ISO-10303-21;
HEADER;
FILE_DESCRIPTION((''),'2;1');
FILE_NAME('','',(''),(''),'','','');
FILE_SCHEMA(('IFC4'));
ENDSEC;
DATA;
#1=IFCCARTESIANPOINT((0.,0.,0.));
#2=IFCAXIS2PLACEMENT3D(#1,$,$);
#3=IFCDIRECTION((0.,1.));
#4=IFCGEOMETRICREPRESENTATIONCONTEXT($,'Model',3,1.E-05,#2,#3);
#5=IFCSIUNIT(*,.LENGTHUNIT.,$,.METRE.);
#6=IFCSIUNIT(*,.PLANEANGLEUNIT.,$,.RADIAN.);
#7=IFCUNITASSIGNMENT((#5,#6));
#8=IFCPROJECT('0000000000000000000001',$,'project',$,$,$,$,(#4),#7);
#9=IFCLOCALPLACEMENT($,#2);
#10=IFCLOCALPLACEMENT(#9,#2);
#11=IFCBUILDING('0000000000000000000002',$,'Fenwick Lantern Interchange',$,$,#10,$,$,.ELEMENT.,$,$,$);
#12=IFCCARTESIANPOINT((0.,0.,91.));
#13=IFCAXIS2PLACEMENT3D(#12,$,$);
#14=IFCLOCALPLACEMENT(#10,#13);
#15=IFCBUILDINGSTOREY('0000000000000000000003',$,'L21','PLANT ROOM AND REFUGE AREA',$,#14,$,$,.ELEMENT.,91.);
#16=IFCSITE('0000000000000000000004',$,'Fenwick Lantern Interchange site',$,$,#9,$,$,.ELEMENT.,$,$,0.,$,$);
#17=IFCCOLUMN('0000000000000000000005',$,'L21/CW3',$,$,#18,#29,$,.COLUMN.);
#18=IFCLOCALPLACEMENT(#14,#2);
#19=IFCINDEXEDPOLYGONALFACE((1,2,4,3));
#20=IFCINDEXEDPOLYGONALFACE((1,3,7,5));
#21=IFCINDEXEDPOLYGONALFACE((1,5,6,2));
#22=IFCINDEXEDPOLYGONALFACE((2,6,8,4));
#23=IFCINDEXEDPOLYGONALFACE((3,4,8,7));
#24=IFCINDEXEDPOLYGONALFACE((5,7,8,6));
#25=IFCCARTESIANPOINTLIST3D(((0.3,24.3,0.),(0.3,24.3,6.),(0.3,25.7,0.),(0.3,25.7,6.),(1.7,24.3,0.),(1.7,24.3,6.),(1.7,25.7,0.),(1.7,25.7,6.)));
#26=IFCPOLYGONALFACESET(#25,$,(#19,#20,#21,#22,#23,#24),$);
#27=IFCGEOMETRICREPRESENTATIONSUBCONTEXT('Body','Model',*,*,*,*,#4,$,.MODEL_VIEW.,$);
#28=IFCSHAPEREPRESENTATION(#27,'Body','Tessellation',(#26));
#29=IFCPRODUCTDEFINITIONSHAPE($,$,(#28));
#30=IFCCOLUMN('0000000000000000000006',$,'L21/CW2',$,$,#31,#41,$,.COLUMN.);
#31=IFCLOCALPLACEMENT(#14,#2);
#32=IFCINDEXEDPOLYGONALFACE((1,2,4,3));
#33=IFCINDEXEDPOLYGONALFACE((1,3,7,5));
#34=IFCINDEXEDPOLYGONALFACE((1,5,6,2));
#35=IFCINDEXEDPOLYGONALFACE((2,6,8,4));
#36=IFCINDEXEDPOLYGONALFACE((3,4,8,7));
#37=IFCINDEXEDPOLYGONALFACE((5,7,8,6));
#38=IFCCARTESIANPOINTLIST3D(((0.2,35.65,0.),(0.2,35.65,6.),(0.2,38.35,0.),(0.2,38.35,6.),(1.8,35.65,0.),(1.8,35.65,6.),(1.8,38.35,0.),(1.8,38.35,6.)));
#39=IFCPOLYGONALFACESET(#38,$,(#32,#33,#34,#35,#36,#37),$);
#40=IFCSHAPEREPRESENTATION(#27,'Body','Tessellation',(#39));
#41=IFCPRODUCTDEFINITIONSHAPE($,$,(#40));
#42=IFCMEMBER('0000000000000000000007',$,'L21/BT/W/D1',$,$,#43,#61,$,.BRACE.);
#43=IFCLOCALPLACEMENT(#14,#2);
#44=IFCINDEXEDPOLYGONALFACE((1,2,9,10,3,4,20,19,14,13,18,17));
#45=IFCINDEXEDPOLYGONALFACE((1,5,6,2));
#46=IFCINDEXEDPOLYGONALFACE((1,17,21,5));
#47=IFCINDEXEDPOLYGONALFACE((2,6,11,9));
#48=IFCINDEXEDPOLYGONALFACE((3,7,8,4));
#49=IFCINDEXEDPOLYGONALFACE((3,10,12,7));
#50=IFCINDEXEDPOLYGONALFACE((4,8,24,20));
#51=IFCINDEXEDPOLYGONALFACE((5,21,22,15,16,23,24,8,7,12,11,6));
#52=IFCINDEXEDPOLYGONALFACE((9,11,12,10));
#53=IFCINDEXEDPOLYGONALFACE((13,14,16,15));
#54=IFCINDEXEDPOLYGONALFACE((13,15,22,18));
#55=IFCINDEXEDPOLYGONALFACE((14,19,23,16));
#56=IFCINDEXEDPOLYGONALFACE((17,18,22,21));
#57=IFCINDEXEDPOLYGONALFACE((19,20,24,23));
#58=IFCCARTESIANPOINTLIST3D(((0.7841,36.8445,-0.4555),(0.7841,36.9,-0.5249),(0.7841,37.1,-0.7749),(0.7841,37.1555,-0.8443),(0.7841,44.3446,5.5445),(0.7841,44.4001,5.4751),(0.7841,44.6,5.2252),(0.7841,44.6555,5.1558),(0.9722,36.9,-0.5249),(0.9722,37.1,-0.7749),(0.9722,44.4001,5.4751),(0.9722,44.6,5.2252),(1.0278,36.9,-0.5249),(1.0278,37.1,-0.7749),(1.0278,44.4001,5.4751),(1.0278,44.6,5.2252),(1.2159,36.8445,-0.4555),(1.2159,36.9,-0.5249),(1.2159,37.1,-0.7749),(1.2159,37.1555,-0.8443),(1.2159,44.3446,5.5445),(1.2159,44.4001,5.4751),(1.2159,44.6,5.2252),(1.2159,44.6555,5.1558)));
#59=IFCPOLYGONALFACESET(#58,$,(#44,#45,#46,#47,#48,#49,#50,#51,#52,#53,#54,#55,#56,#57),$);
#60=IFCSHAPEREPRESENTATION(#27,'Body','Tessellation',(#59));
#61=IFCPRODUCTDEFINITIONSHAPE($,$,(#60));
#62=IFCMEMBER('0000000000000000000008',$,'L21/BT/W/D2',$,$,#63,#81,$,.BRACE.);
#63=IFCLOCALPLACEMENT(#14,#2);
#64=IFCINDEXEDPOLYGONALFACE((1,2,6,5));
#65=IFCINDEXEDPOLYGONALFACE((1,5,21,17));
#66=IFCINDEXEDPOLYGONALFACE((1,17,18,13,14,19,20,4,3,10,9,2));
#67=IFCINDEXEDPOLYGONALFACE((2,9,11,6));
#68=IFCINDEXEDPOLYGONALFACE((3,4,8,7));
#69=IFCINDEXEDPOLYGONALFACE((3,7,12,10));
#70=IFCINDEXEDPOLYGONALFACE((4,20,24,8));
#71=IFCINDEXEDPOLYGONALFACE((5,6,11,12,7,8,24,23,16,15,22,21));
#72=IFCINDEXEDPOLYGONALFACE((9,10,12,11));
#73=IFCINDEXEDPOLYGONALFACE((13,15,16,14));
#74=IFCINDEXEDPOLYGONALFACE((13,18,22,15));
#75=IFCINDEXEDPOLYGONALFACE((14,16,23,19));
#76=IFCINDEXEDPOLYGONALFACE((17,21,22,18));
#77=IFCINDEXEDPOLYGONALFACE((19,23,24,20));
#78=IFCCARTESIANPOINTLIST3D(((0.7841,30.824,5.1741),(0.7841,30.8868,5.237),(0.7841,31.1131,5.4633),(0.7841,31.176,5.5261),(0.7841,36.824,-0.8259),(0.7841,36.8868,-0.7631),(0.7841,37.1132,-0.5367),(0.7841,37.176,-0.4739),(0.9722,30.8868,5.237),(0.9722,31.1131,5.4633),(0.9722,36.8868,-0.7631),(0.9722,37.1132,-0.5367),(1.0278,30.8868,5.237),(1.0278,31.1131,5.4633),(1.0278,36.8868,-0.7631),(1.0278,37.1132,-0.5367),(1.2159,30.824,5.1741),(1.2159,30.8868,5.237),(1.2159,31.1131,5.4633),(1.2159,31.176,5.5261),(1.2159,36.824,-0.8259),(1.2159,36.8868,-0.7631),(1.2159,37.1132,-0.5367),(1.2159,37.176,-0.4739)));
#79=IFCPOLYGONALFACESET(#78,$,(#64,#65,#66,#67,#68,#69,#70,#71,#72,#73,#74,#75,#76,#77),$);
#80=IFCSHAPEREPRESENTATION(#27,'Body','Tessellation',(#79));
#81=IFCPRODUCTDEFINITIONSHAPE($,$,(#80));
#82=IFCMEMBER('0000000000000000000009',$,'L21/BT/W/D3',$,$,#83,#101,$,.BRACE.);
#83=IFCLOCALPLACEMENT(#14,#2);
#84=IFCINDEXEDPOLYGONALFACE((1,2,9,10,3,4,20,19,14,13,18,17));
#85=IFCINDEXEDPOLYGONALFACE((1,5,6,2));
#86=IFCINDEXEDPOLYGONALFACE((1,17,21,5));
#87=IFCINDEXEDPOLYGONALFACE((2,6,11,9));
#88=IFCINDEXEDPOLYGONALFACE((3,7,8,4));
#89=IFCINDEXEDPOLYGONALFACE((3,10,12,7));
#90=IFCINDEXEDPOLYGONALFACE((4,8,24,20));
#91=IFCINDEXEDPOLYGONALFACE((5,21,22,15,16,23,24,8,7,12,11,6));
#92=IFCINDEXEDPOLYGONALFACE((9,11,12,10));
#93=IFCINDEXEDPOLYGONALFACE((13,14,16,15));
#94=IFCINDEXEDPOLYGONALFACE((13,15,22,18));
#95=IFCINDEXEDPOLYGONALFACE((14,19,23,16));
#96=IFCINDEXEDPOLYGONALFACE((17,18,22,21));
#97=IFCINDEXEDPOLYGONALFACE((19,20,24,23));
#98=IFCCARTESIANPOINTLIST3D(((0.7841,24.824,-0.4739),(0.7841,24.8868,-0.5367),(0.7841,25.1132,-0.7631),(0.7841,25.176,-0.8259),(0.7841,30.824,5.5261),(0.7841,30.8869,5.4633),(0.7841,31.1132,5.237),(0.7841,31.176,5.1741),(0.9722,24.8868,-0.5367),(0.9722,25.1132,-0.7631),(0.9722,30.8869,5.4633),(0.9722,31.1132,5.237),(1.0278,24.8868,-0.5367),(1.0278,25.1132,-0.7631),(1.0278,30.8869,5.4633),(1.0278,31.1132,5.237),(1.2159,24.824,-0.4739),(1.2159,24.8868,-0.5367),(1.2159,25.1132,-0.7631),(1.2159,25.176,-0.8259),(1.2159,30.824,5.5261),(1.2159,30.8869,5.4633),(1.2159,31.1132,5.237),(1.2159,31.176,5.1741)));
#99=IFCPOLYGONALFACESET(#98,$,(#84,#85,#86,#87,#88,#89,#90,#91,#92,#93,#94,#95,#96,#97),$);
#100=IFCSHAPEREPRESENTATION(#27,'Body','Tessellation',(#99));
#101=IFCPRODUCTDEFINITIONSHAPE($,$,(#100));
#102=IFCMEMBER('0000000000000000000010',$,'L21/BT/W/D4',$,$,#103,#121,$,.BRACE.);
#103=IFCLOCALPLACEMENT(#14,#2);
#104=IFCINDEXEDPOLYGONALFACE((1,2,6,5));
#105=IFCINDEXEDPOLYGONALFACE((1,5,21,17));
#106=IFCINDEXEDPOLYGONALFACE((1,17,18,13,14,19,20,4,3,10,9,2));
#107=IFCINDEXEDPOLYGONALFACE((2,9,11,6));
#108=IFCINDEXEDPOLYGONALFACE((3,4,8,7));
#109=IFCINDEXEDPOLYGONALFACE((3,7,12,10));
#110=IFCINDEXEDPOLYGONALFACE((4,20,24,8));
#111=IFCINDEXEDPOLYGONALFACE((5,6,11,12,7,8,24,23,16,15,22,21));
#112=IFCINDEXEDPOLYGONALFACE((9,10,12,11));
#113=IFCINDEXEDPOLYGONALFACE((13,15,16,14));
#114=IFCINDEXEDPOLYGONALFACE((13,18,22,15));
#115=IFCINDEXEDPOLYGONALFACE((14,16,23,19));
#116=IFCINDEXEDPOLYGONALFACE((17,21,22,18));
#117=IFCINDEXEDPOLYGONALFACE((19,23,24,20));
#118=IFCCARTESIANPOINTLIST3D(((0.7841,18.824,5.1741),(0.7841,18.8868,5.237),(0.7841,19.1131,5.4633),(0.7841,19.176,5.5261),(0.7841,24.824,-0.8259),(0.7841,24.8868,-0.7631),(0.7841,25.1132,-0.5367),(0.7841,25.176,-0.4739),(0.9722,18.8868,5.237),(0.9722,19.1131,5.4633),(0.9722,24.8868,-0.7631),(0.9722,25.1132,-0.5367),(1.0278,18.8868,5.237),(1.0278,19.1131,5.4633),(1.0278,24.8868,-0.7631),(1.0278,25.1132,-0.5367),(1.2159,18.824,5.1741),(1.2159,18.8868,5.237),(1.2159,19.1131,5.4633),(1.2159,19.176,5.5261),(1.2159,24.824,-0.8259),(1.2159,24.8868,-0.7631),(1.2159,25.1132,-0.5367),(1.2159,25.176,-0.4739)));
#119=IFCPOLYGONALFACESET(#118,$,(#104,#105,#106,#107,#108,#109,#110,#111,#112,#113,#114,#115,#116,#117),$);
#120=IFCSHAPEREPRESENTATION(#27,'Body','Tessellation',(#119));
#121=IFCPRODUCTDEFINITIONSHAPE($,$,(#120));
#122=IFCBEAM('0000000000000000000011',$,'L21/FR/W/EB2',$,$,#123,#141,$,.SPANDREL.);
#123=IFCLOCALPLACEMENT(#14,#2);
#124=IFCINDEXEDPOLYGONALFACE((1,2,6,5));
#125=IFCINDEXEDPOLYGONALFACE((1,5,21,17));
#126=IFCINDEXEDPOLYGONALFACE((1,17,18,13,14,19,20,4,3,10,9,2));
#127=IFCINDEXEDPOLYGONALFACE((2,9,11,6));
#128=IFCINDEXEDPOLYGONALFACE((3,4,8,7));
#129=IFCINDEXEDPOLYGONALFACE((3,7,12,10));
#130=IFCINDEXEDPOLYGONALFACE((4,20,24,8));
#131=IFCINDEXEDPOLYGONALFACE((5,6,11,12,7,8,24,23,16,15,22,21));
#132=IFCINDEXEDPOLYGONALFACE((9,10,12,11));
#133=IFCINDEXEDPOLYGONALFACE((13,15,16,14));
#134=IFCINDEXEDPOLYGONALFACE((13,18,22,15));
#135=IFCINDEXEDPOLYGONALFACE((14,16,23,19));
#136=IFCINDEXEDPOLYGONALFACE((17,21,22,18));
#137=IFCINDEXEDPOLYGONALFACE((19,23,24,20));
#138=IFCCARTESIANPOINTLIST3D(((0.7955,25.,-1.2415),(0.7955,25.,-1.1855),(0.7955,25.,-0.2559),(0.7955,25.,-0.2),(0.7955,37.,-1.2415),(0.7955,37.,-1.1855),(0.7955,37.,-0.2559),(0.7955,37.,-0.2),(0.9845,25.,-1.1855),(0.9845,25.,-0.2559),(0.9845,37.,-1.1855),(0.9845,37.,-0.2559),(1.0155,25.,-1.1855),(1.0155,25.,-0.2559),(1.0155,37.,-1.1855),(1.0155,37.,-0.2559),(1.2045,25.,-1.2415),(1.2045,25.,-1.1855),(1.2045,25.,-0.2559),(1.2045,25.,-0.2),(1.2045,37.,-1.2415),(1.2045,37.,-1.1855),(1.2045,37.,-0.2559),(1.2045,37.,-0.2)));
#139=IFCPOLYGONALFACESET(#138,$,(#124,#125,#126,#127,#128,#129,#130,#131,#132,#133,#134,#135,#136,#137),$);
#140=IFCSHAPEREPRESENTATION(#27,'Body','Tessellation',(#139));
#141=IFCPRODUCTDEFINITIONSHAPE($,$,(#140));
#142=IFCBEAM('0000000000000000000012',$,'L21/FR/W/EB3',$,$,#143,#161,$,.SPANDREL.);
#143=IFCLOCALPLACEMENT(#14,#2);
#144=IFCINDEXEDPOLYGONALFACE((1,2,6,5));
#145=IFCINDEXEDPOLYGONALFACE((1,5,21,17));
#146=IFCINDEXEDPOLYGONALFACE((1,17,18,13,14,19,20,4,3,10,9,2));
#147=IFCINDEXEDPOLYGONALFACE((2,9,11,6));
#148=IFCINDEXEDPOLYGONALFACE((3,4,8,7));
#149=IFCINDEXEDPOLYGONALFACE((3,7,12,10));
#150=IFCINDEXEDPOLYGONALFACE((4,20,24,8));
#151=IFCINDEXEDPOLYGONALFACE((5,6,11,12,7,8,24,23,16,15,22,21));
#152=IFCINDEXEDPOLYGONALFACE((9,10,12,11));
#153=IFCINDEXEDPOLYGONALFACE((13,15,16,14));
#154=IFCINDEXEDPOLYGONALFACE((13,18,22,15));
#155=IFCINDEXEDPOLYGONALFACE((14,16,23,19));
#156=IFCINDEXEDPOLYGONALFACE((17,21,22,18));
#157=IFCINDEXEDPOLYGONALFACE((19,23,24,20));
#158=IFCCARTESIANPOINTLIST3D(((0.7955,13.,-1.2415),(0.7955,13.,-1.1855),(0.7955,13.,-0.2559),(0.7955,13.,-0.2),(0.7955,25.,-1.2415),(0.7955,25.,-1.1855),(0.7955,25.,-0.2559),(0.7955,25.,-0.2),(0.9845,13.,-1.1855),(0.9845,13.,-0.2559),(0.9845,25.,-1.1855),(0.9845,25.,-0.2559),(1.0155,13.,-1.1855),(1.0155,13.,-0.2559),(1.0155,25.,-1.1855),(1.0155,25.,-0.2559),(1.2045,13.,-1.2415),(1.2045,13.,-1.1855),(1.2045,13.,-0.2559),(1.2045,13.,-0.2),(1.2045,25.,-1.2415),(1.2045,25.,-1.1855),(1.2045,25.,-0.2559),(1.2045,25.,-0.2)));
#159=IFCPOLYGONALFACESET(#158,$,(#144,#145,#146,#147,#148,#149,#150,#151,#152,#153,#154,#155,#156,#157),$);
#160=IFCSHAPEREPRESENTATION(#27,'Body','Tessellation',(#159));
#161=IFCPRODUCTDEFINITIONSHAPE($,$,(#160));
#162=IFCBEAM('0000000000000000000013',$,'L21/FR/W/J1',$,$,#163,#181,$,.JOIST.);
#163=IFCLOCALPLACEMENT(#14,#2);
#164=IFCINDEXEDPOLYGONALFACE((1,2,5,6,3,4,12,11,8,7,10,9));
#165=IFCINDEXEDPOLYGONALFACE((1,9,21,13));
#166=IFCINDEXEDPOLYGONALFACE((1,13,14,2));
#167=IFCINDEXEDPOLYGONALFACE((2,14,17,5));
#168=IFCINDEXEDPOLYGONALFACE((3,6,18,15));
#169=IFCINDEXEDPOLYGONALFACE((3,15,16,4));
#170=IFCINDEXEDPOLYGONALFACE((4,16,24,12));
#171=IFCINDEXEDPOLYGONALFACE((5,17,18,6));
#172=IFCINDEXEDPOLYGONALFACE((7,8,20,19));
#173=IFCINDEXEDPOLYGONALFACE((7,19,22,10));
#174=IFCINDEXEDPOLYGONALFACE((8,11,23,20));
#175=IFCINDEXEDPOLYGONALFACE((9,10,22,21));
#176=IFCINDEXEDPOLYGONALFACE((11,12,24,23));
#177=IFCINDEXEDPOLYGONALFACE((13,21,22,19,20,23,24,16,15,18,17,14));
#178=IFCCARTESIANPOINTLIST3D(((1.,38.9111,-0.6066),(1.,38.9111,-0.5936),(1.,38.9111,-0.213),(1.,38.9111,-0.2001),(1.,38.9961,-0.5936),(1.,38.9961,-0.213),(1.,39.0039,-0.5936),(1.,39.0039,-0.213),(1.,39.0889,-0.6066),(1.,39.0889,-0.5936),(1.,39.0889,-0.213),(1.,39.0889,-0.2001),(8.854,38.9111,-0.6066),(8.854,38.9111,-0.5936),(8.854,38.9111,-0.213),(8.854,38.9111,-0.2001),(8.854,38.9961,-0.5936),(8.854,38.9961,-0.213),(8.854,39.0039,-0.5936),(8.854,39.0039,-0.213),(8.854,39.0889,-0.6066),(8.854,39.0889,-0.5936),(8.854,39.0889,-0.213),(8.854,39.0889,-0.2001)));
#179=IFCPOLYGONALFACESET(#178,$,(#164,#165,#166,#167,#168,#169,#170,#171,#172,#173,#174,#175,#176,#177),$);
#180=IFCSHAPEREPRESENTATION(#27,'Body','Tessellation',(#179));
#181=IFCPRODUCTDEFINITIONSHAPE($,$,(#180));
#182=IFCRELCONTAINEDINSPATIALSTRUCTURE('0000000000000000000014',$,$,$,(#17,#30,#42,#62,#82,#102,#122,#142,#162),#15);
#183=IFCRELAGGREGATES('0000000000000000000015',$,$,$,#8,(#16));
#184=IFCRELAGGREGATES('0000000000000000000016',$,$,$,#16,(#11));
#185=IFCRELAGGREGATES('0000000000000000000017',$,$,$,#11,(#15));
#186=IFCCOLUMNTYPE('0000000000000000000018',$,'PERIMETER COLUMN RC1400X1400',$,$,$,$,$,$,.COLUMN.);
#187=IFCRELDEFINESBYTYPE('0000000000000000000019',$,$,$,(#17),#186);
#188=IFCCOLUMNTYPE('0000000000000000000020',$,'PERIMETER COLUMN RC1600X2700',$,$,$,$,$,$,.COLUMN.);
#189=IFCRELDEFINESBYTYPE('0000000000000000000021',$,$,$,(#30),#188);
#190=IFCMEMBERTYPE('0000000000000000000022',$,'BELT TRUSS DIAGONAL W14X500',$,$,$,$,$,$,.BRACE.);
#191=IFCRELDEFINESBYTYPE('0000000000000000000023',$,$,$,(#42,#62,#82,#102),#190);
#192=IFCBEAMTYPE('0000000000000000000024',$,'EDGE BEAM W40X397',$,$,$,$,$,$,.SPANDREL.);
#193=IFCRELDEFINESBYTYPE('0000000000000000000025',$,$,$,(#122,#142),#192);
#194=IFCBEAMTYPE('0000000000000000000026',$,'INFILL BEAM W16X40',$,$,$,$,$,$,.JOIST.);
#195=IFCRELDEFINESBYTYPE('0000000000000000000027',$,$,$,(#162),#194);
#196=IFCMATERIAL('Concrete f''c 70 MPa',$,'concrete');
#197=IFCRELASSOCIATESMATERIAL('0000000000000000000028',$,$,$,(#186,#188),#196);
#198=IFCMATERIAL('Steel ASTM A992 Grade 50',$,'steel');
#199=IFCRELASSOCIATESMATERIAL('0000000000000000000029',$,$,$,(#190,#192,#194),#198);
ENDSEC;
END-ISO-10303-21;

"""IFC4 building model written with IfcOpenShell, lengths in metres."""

from ifc_helpers import new_model, si_unit, direction, frame, origin, origin_2d, place, context, subcontext, project, spatial, rectangle, i_section, extrude, material, material_profile, profile_set, type_object, element, save


model = new_model("IFC4")

# Units and contexts
model_context = context("Model", 3, precision=1e-05, world=origin(), true_north=direction((0.0, 1.0)))
body_context = subcontext(model_context, "Body", "Model", "MODEL_VIEW")
ifc_project = project(units=[si_unit("LENGTHUNIT", "METRE"), si_unit("PLANEANGLEUNIT", "RADIAN")], contexts=[model_context])

# Site, building, storey
site_placement = place(None, origin())
site = spatial("IfcSite", under=ifc_project, at=site_placement, Name="Fenwick Lantern Interchange site", CompositionType="ELEMENT", RefElevation=0.0)
building_placement = place(site_placement, origin())
building = spatial("IfcBuilding", under=site, at=building_placement, Name="Fenwick Lantern Interchange", CompositionType="ELEMENT")
storey_placement = place(building_placement, frame((0.0, 0.0, 91.0)))
storey = spatial("IfcBuildingStorey", under=building, at=storey_placement, Name="L21", Description="PLANT ROOM AND REFUGE AREA", CompositionType="ELEMENT", Elevation=91.0)

# Columns
ifc_material_1 = material(Name="Concrete f'c 70 MPa", Category="concrete")
ifc_material_profile_1 = material_profile(ifc_material_1, rectangle(XDim=1.3999, YDim=1.3999, at=origin_2d()), Name="RC1400X1400")
ifc_profile_set_1 = profile_set([ifc_material_profile_1], Name="Concrete f'c 70 MPa")
column_type_1 = type_object("IfcColumnType", Name="PERIMETER COLUMN RC1400X1400", PredefinedType="COLUMN", material=ifc_profile_set_1)
column_1_placement = place(storey_placement, frame((1.0, 25.0, 0.0), z_axis=(0.0, 0.0, 1.0), x_axis=(1.0, 0.0, 0.0)))
element("IfcColumn", 1, at=column_1_placement, inside=storey, type_object=column_type_1, Name="L21/CW3", PredefinedType="COLUMN", context=body_context, shape_type="SweptSolid", body=[
    extrude(rectangle(XDim=1.3999, YDim=1.3999, at=origin_2d()), origin(), (0.0, 0.0, 1.0), 6.0),
])
ifc_material_profile_2 = material_profile(ifc_material_1, rectangle(XDim=1.6001, YDim=2.7, at=origin_2d()), Name="RC1600X2700")
ifc_profile_set_2 = profile_set([ifc_material_profile_2], Name="Concrete f'c 70 MPa")
column_type_2 = type_object("IfcColumnType", Name="PERIMETER COLUMN RC1600X2700", PredefinedType="COLUMN", material=ifc_profile_set_2)
column_2_placement = place(storey_placement, frame((1.0, 37.0, 0.0), z_axis=(0.0, 0.0, 1.0), x_axis=(1.0, 0.0, 0.0)))
element("IfcColumn", 2, at=column_2_placement, inside=storey, type_object=column_type_2, Name="L21/CW2", PredefinedType="COLUMN", context=body_context, shape_type="SweptSolid", body=[
    extrude(rectangle(XDim=1.6001, YDim=2.7, at=origin_2d()), origin(), (0.0, 0.0, 1.0), 6.0),
])

# Members
ifc_material_2 = material(Name="Steel ASTM A992 Grade 50", Category="steel")
ifc_material_profile_3 = material_profile(ifc_material_2, i_section(OverallWidth=0.4319, OverallDepth=0.4978, WebThickness=0.0557, FlangeThickness=0.0889, at=origin_2d()), Name="W14X500")
ifc_profile_set_3 = profile_set([ifc_material_profile_3], Name="Steel ASTM A992 Grade 50")
member_type_1 = type_object("IfcMemberType", Name="BELT TRUSS DIAGONAL W14X500", PredefinedType="BRACE", material=ifc_profile_set_3)
member_1_placement = place(storey_placement, frame((1.0, 37.0, -0.6499), z_axis=(0.0, 0.780869, 0.624695), x_axis=(-1.0, 0.0, 0.0)))
element("IfcMember", 3, at=member_1_placement, inside=storey, type_object=member_type_1, Name="L21/BT/W/D1", PredefinedType="BRACE", context=body_context, shape_type="SweptSolid", body=[
    extrude(i_section(OverallWidth=0.4319, OverallDepth=0.4978, WebThickness=0.0557, FlangeThickness=0.0889, at=origin_2d()), origin(), (0.0, 0.0, 1.0), 9.6047),
])
for number, where, z_axis, x_axis, name in (
    (4, (1.0, 37.0, -0.6499), (0.0, -0.707107, 0.707107), (1.0, 0.0, 0.0), "L21/BT/W/D2"),
    (5, (1.0, 25.0, -0.6499), (0.0, 0.707107, 0.707107), (-1.0, 0.0, 0.0), "L21/BT/W/D3"),
    (6, (1.0, 25.0, -0.6499), (0.0, -0.707107, 0.707107), (1.0, 0.0, 0.0), "L21/BT/W/D4"),
):
    element("IfcMember", number, at=place(storey_placement, frame(where, z_axis=z_axis, x_axis=x_axis)), inside=storey, type_object=member_type_1, Name=name, PredefinedType="BRACE", context=body_context, shape_type="SweptSolid", body=[
        extrude(i_section(OverallWidth=0.4319, OverallDepth=0.4978, WebThickness=0.0557, FlangeThickness=0.0889, at=origin_2d()), origin(), (0.0, 0.0, 1.0), 8.4854),
    ])

# Beams
ifc_material_profile_4 = material_profile(ifc_material_2, i_section(OverallWidth=0.4089, OverallDepth=1.0415, WebThickness=0.031, FlangeThickness=0.0559, at=origin_2d()), Name="W40X397")
ifc_profile_set_4 = profile_set([ifc_material_profile_4], Name="Steel ASTM A992 Grade 50")
beam_type_1 = type_object("IfcBeamType", Name="EDGE BEAM W40X397", PredefinedType="SPANDREL", material=ifc_profile_set_4)
for number, where, z_axis, x_axis, name in (
    (7, (1.0, 37.0, -0.7207), (0.0, -1.0, 0.0), (1.0, 0.0, 0.0), "L21/FR/W/EB2"),
    (8, (1.0, 25.0, -0.7207), (0.0, -1.0, 0.0), (1.0, 0.0, 0.0), "L21/FR/W/EB3"),
):
    element("IfcBeam", number, at=place(storey_placement, frame(where, z_axis=z_axis, x_axis=x_axis)), inside=storey, type_object=beam_type_1, Name=name, PredefinedType="SPANDREL", context=body_context, shape_type="SweptSolid", body=[
        extrude(i_section(OverallWidth=0.4089, OverallDepth=1.0415, WebThickness=0.031, FlangeThickness=0.0559, at=origin_2d()), origin(), (0.0, 0.0, 1.0), 12.0),
    ])
ifc_material_profile_5 = material_profile(ifc_material_2, i_section(OverallWidth=0.1777, OverallDepth=0.4065, WebThickness=0.0078, FlangeThickness=0.0129, at=origin_2d()), Name="W16X40")
ifc_profile_set_5 = profile_set([ifc_material_profile_5], Name="Steel ASTM A992 Grade 50")
beam_type_2 = type_object("IfcBeamType", Name="INFILL BEAM W16X40", PredefinedType="JOIST", material=ifc_profile_set_5)
beam_1_placement = place(storey_placement, frame((1.0, 39.0, -0.4033), z_axis=(1.0, 0.0, 0.0), x_axis=(0.0, 1.0, 0.0)))
element("IfcBeam", 9, at=beam_1_placement, inside=storey, type_object=beam_type_2, Name="L21/FR/W/J1", PredefinedType="JOIST", context=body_context, shape_type="SweptSolid", body=[
    extrude(i_section(OverallWidth=0.1777, OverallDepth=0.4065, WebThickness=0.0078, FlangeThickness=0.0129, at=origin_2d()), origin(), (0.0, 0.0, 1.0), 7.854),
])

save(model, "model.ifc")
